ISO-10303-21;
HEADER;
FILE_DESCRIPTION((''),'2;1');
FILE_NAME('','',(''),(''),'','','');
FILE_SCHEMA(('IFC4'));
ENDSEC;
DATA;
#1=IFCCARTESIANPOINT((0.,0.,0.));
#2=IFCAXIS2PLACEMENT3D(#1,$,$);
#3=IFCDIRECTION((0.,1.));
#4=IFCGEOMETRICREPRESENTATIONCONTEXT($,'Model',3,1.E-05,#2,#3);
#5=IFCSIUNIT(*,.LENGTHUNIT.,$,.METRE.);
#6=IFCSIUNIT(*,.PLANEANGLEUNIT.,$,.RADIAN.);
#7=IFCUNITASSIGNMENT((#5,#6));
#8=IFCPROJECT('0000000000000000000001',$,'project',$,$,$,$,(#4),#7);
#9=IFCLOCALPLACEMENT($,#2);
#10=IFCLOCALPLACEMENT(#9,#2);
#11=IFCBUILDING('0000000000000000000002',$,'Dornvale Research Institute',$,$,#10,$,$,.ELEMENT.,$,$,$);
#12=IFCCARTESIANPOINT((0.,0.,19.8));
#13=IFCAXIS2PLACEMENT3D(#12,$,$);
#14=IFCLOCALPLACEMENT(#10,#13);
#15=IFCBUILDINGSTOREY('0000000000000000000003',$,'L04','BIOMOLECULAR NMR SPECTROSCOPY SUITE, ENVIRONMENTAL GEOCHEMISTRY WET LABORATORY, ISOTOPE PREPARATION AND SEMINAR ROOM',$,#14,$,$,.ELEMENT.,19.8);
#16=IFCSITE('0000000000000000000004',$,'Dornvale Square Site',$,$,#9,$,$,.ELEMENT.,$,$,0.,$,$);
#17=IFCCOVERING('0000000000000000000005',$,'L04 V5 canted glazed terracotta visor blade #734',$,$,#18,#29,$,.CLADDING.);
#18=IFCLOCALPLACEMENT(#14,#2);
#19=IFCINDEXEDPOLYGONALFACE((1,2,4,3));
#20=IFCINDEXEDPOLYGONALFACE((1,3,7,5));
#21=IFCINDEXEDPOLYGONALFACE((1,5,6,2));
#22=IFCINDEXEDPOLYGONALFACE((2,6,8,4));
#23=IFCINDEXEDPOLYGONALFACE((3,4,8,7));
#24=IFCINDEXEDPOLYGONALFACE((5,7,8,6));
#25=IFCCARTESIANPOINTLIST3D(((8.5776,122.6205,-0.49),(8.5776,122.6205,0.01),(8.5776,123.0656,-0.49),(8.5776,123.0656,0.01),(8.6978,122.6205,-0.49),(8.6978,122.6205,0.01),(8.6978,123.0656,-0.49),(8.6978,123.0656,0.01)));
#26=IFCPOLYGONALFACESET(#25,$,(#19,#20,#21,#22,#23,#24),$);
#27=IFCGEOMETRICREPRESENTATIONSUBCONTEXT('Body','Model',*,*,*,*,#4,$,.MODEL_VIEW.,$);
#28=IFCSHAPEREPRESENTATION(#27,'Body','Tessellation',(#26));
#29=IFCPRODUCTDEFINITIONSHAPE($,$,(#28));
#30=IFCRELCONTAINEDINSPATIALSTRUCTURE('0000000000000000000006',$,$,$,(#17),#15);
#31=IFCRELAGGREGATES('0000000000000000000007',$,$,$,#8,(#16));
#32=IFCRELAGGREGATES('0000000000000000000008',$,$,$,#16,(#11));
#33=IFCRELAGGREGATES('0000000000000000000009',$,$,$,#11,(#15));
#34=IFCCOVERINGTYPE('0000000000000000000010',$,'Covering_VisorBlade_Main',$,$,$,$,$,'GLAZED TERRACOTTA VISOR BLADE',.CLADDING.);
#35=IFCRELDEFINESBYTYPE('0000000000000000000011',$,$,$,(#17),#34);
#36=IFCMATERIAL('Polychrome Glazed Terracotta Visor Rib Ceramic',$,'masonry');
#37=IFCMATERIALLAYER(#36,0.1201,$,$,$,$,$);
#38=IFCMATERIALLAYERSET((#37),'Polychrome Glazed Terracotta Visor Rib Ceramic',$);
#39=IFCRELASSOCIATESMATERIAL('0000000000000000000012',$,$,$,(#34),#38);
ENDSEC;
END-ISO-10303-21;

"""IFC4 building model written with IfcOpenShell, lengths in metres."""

from ifc_helpers import new_model, si_unit, direction, frame, origin, origin_2d, place, context, subcontext, project, spatial, rectangle, extrude, material, layer, layer_set, type_object, element, save


model = new_model("IFC4")

# Units and contexts
model_context = context("Model", 3, precision=1e-05, world=origin(), true_north=direction((0.0, 1.0)))
body_context = subcontext(model_context, "Body", "Model", "MODEL_VIEW")
ifc_project = project(units=[si_unit("LENGTHUNIT", "METRE"), si_unit("PLANEANGLEUNIT", "RADIAN")], contexts=[model_context])

# Site, building, storey
site_placement = place(None, origin())
site = spatial("IfcSite", under=ifc_project, at=site_placement, Name="Dornvale Square Site", CompositionType="ELEMENT", RefElevation=0.0)
building_placement = place(site_placement, origin())
building = spatial("IfcBuilding", under=site, at=building_placement, Name="Dornvale Research Institute", CompositionType="ELEMENT")
storey_placement = place(building_placement, frame((0.0, 0.0, 19.8)))
storey = spatial("IfcBuildingStorey", under=building, at=storey_placement, Name="L04", Description="BIOMOLECULAR NMR SPECTROSCOPY SUITE, ENVIRONMENTAL GEOCHEMISTRY WET LABORATORY, ISOTOPE PREPARATION AND SEMINAR ROOM", CompositionType="ELEMENT", Elevation=19.8)

# Covering
ifc_material_1 = material(Name="Polychrome Glazed Terracotta Visor Rib Ceramic", Category="masonry")
ifc_layer_1 = layer(ifc_material_1, 0.1201)
ifc_layer_set_1 = layer_set([ifc_layer_1], Name="Polychrome Glazed Terracotta Visor Rib Ceramic")
covering_type = type_object("IfcCoveringType", Name="Covering_VisorBlade_Main", ElementType="GLAZED TERRACOTTA VISOR BLADE", PredefinedType="CLADDING", material=ifc_layer_set_1)
covering_1_placement = place(storey_placement, frame((8.6377, 122.843, -0.49), z_axis=(0.0, 0.0, 1.0), x_axis=(0.0, 1.0, 0.0)))
element("IfcCovering", 1, at=covering_1_placement, inside=storey, type_object=covering_type, Name="L04 V5 canted glazed terracotta visor blade #734", PredefinedType="CLADDING", context=body_context, shape_type="SweptSolid", body=[
    extrude(rectangle(XDim=0.4451, YDim=0.1201, at=origin_2d()), origin(), (0.0, 0.0, 1.0), 0.5),
])

save(model, "model.ifc")
